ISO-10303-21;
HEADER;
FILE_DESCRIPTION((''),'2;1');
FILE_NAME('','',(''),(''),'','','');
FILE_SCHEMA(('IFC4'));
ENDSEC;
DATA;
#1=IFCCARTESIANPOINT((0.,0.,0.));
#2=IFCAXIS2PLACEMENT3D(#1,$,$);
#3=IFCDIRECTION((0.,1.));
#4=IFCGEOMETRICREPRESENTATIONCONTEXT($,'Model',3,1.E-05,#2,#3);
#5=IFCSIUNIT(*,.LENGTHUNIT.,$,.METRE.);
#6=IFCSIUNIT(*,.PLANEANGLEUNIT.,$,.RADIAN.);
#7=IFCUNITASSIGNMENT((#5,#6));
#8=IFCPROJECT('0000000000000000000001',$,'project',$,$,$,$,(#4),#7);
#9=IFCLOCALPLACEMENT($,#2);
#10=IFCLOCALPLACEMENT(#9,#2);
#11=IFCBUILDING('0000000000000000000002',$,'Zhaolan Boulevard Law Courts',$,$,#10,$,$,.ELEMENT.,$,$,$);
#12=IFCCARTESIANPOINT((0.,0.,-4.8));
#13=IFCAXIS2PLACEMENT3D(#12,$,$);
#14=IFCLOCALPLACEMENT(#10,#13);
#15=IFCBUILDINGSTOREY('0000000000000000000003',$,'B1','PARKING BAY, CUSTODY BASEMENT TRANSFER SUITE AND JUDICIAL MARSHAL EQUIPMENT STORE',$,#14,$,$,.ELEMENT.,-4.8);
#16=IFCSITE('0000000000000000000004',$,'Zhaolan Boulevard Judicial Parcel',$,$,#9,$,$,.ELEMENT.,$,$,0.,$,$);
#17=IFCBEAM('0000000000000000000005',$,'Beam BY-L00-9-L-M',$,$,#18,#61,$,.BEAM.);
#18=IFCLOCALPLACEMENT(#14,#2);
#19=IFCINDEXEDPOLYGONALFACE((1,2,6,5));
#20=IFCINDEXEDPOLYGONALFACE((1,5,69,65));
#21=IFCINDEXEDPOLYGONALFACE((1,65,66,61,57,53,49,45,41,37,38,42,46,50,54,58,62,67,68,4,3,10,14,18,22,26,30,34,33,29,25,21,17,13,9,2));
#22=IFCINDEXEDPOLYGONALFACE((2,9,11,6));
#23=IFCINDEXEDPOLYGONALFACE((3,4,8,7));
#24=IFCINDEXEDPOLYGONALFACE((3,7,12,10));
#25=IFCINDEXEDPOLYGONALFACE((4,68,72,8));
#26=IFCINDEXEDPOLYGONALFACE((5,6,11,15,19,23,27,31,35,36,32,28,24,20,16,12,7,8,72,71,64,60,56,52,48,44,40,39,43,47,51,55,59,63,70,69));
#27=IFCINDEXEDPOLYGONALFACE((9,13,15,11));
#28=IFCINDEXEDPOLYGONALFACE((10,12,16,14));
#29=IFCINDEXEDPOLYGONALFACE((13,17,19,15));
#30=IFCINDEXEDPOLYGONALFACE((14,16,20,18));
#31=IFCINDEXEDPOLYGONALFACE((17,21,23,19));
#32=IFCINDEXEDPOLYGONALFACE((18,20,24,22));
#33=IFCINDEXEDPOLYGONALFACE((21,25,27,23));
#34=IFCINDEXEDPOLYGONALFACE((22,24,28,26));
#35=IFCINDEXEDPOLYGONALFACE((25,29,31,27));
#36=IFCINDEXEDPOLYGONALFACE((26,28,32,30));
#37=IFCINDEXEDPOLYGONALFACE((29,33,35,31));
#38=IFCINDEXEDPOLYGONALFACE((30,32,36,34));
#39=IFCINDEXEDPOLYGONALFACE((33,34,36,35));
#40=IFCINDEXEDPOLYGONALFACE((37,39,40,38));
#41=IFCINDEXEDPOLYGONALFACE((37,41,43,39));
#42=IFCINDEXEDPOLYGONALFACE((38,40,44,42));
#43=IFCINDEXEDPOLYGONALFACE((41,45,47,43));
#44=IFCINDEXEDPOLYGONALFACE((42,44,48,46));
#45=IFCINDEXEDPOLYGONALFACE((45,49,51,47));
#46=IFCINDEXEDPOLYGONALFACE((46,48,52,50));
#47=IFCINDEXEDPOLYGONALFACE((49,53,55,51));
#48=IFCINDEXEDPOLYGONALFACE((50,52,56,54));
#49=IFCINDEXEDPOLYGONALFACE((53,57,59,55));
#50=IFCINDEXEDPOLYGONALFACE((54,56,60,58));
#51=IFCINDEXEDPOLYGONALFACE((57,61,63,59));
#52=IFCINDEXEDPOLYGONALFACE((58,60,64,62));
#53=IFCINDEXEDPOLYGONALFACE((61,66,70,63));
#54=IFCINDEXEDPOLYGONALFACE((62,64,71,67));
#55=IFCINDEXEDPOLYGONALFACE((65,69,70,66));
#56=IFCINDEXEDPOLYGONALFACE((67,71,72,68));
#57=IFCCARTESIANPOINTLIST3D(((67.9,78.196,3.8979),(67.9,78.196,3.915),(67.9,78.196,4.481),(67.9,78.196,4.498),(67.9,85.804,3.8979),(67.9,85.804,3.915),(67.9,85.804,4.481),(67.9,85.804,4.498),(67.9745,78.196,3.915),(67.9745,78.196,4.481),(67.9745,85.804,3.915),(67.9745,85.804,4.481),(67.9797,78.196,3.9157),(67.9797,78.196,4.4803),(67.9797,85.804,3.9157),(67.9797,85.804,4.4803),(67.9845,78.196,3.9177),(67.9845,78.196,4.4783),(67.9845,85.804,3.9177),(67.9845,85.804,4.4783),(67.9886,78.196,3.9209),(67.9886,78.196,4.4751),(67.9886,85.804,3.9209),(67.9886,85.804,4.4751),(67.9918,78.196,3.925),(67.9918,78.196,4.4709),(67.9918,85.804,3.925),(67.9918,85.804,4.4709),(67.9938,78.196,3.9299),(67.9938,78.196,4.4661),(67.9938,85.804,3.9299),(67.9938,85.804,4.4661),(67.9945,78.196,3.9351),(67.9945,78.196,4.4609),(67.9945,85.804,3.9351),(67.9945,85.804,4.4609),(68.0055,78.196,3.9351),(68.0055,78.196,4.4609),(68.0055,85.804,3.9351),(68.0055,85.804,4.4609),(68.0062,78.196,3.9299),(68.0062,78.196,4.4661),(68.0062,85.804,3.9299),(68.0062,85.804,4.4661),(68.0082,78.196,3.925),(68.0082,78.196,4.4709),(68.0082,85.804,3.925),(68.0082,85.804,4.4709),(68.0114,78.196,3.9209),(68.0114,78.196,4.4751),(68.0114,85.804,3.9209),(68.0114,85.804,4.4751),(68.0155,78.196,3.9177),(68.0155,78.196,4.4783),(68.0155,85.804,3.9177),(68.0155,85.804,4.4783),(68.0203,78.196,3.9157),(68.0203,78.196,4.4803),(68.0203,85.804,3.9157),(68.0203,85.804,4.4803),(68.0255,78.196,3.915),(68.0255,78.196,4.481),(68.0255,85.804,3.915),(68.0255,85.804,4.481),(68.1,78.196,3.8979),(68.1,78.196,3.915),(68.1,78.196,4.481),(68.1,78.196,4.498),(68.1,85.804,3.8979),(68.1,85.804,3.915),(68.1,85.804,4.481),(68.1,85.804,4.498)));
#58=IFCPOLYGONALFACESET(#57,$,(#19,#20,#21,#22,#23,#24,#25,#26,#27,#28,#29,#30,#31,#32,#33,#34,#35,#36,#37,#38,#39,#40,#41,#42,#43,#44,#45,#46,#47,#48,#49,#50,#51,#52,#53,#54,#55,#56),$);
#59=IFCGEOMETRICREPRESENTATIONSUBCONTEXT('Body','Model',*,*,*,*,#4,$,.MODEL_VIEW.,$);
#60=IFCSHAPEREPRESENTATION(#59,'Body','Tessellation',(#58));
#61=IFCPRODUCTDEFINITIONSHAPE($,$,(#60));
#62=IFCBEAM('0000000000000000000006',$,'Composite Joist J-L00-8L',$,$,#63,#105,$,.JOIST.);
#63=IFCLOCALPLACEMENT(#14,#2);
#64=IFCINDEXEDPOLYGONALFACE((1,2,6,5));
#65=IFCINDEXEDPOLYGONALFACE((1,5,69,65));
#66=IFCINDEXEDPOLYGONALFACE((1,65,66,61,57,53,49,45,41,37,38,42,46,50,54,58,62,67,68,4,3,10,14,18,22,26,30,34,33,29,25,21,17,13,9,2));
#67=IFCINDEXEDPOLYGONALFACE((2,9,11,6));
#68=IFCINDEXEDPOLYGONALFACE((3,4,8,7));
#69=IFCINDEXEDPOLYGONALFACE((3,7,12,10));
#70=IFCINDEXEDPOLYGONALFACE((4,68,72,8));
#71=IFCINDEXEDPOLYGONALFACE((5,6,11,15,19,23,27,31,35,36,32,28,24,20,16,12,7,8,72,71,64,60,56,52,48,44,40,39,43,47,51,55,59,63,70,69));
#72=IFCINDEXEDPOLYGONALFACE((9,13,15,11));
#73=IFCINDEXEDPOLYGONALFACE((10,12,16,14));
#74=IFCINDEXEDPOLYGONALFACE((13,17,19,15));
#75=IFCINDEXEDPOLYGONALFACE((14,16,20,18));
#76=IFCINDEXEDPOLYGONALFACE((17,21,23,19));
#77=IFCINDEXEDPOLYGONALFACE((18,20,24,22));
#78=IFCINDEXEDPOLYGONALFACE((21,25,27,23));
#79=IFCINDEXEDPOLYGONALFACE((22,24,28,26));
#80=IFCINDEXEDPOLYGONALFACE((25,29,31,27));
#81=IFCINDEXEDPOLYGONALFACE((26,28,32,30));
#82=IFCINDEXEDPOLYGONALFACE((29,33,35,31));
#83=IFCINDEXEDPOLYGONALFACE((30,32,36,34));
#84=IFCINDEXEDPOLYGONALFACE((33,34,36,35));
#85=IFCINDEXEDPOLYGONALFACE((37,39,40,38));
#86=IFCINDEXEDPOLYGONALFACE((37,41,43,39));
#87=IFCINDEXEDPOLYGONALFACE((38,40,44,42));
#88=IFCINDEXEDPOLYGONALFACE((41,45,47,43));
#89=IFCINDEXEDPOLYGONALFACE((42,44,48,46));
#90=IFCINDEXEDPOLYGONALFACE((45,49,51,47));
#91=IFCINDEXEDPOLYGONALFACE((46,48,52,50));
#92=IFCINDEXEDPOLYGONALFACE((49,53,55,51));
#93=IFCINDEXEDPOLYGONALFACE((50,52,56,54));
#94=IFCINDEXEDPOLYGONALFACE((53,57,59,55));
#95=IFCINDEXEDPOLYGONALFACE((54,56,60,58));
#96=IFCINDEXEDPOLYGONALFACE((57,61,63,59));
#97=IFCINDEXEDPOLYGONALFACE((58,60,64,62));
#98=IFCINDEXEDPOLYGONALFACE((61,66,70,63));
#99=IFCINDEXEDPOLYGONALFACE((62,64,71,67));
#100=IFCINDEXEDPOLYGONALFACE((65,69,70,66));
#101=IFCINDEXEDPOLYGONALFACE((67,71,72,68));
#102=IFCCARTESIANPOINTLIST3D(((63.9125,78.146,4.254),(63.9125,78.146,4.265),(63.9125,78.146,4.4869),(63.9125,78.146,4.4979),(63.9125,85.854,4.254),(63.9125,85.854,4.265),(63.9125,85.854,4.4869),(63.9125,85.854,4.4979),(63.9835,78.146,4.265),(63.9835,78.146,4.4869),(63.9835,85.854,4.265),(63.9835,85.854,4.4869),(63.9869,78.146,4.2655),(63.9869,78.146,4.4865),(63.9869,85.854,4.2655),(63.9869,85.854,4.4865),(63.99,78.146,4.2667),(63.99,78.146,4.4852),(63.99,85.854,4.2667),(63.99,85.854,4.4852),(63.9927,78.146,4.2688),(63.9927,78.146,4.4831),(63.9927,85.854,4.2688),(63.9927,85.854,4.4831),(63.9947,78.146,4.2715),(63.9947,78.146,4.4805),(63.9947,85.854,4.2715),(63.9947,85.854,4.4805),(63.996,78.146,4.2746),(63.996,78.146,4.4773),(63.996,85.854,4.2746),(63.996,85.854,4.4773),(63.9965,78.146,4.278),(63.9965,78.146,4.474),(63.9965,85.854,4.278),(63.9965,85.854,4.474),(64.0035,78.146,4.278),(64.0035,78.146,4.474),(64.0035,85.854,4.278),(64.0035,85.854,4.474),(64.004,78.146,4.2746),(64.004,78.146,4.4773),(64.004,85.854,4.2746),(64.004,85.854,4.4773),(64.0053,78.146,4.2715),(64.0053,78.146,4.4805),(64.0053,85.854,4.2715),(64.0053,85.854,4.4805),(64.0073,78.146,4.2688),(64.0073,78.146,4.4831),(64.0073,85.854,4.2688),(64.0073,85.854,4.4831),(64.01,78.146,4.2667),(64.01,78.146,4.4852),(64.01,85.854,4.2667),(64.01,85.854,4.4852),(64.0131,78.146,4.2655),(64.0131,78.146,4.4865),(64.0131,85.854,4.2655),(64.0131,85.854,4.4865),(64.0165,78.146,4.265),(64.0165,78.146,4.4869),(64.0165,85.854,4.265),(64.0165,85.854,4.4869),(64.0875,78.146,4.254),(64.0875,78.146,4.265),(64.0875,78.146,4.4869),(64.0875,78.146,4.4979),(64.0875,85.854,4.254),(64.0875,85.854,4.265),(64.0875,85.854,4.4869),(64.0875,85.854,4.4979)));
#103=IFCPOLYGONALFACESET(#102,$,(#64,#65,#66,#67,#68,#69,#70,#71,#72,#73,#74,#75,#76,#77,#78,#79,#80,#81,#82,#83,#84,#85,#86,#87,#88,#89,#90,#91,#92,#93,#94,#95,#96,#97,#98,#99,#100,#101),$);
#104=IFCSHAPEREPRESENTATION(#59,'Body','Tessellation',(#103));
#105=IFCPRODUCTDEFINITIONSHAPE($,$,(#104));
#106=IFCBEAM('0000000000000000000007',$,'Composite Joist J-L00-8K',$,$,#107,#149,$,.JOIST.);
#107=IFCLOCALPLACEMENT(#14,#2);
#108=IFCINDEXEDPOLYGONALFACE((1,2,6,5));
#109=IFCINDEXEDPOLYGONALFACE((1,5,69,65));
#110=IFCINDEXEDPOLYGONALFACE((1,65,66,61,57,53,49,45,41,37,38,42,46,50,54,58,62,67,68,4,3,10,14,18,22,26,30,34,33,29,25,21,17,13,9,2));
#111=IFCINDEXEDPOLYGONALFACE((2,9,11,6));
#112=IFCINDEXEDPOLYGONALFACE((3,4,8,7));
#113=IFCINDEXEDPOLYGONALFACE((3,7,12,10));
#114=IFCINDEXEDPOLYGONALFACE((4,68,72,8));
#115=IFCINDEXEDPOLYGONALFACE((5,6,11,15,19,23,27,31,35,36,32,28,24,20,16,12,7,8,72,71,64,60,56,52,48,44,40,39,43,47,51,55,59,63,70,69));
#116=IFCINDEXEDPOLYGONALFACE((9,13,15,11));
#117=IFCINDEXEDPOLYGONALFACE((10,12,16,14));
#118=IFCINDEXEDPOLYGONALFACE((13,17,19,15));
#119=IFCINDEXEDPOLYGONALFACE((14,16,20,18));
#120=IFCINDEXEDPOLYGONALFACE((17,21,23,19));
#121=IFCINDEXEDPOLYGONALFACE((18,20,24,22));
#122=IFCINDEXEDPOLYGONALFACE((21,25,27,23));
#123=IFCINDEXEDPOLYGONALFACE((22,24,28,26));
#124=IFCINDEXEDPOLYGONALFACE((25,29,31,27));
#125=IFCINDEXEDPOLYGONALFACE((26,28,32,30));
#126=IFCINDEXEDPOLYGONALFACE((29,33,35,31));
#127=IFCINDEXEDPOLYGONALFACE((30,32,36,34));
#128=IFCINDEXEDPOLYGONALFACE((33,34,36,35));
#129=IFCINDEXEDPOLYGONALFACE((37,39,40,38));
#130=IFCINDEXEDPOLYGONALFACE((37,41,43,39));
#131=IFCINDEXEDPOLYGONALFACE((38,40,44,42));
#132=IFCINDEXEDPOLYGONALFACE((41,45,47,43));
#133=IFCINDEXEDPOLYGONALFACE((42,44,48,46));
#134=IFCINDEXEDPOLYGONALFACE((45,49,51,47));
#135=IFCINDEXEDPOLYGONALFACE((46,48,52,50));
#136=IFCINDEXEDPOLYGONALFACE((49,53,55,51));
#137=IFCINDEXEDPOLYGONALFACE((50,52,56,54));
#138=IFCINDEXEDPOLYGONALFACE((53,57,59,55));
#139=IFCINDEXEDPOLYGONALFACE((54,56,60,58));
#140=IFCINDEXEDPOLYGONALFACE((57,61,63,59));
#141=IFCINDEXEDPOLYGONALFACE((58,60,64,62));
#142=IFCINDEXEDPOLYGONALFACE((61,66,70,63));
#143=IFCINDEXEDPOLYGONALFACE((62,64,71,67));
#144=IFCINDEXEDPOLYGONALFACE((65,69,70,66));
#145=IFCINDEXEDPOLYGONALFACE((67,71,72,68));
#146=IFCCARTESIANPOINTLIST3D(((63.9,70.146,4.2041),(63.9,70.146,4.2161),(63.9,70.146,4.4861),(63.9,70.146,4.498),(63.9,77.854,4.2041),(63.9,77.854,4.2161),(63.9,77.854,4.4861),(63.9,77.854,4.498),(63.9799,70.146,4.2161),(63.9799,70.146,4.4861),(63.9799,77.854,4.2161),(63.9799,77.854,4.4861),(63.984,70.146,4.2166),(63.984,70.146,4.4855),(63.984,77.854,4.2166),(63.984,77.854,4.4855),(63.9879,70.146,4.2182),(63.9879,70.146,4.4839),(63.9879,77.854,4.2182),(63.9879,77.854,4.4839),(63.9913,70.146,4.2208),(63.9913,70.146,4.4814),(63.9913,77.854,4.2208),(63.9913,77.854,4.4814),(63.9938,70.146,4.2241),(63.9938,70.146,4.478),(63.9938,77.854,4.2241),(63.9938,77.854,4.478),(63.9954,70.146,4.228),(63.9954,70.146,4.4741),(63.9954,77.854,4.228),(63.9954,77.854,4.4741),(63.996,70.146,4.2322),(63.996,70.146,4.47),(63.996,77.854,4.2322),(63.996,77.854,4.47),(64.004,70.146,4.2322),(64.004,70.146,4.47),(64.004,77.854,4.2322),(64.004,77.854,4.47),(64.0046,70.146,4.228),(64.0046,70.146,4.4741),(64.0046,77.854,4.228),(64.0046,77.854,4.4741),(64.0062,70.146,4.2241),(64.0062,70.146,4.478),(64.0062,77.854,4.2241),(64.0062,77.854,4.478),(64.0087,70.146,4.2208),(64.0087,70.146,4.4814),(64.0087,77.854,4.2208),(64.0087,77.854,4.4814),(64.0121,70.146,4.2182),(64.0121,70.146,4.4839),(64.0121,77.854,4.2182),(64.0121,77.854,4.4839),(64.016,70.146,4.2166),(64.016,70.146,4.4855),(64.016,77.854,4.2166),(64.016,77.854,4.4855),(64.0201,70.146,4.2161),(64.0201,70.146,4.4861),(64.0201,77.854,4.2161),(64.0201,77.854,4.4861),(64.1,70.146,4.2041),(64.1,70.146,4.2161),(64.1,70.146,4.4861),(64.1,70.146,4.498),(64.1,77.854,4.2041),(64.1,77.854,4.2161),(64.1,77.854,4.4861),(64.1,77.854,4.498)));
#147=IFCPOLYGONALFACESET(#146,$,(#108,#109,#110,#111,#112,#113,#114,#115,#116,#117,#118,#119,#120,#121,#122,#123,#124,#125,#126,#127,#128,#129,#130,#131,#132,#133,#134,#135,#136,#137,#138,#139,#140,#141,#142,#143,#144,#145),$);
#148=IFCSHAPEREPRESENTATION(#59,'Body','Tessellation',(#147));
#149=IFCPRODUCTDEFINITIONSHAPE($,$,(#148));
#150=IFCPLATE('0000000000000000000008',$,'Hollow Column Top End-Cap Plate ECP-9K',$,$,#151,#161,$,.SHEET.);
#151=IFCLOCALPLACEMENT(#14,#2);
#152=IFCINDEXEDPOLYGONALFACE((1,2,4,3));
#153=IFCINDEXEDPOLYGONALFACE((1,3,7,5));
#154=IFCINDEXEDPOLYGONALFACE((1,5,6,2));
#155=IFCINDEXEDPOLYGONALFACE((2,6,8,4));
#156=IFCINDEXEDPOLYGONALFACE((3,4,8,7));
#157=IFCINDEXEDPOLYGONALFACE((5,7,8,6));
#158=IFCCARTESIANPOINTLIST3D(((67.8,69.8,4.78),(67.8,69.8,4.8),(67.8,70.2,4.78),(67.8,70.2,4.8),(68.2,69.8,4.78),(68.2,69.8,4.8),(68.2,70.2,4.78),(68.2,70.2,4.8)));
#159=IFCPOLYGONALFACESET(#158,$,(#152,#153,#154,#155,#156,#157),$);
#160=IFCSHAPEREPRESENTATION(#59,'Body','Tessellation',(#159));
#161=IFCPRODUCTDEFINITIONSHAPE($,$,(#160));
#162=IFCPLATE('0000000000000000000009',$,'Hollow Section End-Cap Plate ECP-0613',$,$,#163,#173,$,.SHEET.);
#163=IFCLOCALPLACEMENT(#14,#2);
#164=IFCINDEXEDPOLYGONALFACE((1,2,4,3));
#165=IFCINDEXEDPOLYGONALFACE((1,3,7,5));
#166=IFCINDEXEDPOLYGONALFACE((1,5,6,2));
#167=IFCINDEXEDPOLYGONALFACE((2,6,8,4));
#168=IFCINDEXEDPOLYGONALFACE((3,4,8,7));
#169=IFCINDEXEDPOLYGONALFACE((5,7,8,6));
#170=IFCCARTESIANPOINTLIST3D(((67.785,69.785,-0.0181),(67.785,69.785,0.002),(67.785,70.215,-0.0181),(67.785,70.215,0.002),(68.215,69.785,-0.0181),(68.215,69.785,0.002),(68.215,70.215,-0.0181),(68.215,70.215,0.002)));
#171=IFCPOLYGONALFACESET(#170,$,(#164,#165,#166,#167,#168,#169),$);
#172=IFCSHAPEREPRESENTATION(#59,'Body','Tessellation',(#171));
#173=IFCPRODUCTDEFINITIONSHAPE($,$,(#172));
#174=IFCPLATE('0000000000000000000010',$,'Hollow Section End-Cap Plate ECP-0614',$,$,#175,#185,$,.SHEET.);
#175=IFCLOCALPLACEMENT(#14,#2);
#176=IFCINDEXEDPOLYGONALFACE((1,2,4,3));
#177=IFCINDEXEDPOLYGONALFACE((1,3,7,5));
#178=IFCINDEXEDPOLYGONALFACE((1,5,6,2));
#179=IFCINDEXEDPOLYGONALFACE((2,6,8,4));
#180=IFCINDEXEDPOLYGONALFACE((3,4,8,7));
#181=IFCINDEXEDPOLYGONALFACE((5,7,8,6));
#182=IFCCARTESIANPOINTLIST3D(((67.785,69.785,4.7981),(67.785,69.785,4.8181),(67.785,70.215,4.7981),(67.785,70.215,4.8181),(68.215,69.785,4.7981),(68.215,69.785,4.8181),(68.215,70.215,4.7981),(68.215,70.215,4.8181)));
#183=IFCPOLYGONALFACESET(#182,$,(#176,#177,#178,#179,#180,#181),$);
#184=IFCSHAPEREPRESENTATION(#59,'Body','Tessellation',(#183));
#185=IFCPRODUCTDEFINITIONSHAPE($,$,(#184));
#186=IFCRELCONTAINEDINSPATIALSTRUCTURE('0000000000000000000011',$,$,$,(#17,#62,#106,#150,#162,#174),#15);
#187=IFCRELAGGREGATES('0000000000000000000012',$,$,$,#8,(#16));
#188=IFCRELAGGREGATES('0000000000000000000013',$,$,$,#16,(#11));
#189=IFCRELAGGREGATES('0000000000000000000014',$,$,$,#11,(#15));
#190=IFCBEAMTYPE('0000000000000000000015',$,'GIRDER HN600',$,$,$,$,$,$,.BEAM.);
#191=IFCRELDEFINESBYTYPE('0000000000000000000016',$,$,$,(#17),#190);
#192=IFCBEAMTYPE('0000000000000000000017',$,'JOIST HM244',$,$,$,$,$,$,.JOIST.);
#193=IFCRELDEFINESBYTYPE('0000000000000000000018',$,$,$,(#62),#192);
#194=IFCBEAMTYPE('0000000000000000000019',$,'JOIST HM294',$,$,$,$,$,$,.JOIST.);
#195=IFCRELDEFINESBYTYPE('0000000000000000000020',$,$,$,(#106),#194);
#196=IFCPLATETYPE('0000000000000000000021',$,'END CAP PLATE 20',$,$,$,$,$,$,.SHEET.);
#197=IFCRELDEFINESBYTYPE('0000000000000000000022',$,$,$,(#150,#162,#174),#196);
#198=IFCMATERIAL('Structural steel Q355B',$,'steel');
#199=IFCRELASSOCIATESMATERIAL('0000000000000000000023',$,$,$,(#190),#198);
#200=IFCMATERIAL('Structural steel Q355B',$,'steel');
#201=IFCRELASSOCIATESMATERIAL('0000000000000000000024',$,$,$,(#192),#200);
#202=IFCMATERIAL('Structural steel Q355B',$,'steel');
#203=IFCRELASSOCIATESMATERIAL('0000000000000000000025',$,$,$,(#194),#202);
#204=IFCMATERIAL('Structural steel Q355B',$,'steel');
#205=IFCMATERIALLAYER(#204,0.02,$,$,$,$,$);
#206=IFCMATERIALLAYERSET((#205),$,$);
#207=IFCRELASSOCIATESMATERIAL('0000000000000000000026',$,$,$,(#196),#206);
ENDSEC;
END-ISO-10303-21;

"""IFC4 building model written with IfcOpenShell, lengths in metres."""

from ifc_helpers import new_model, si_unit, direction, frame, origin, origin_2d, place, context, subcontext, project, spatial, rectangle, i_section, extrude, material, layer, layer_set, material_profile, profile_set, type_object, element, save


model = new_model("IFC4")

# Units and contexts
model_context = context("Model", 3, precision=1e-05, world=origin(), true_north=direction((0.0, 1.0)))
body_context = subcontext(model_context, "Body", "Model", "MODEL_VIEW")
ifc_project = project(units=[si_unit("LENGTHUNIT", "METRE"), si_unit("PLANEANGLEUNIT", "RADIAN")], contexts=[model_context])

# Site, building, storey
site_placement = place(None, origin())
site = spatial("IfcSite", under=ifc_project, at=site_placement, Name="Zhaolan Boulevard Judicial Parcel", CompositionType="ELEMENT", RefElevation=0.0)
building_placement = place(site_placement, origin())
building = spatial("IfcBuilding", under=site, at=building_placement, Name="Zhaolan Boulevard Law Courts", CompositionType="ELEMENT")
storey_placement = place(building_placement, frame((0.0, 0.0, -4.8)))
storey = spatial("IfcBuildingStorey", under=building, at=storey_placement, Name="B1", Description="PARKING BAY, CUSTODY BASEMENT TRANSFER SUITE AND JUDICIAL MARSHAL EQUIPMENT STORE", CompositionType="ELEMENT", Elevation=-4.8)

# Beams
ifc_material_1 = material(Name="Structural steel Q355B", Category="steel")
ifc_material_profile_1 = material_profile(ifc_material_1, i_section(OverallWidth=0.2, OverallDepth=0.6001, WebThickness=0.011, FlangeThickness=0.0171, FilletRadius=0.02, at=origin_2d()), Name="HN600x200")
ifc_profile_set_1 = profile_set([ifc_material_profile_1], Name="Structural steel Q355B")
beam_type_1 = type_object("IfcBeamType", Name="GIRDER HN600", PredefinedType="BEAM", material=ifc_profile_set_1)
for number, where, z_axis, x_axis, name in (
    (1, (68.0, 78.196, 4.198), (0.0, 1.0, 0.0), (-1.0, 0.0, 0.0), "Beam BY-L00-9-L-M"),
):
    element("IfcBeam", number, at=place(storey_placement, frame(where, z_axis=z_axis, x_axis=x_axis)), inside=storey, type_object=beam_type_1, Name=name, PredefinedType="BEAM", context=body_context, shape_type="SweptSolid", body=[
        extrude(i_section(OverallWidth=0.2, OverallDepth=0.6001, WebThickness=0.011, FlangeThickness=0.0171, FilletRadius=0.02, at=origin_2d()), origin(), (0.0, 0.0, 1.0), 7.6079),
    ])
ifc_material_2 = material(Name="Structural steel Q355B", Category="steel")
ifc_material_profile_2 = material_profile(ifc_material_2, i_section(OverallWidth=0.175, OverallDepth=0.2439, WebThickness=0.0071, FlangeThickness=0.011, FilletRadius=0.0129, at=origin_2d()), Name="HM244x175")
ifc_profile_set_2 = profile_set([ifc_material_profile_2], Name="Structural steel Q355B")
beam_type_2 = type_object("IfcBeamType", Name="JOIST HM244", PredefinedType="JOIST", material=ifc_profile_set_2)
beam_1_placement = place(storey_placement, frame((64.0, 78.146, 4.376), z_axis=(0.0, 1.0, 0.0), x_axis=(-1.0, 0.0, 0.0)))
element("IfcBeam", 2, at=beam_1_placement, inside=storey, type_object=beam_type_2, Name="Composite Joist J-L00-8L", PredefinedType="JOIST", context=body_context, shape_type="SweptSolid", body=[
    extrude(i_section(OverallWidth=0.175, OverallDepth=0.2439, WebThickness=0.0071, FlangeThickness=0.011, FilletRadius=0.0129, at=origin_2d()), origin(), (0.0, 0.0, 1.0), 7.708),
])
ifc_material_3 = material(Name="Structural steel Q355B", Category="steel")
ifc_material_profile_3 = material_profile(ifc_material_3, i_section(OverallWidth=0.2, OverallDepth=0.2939, WebThickness=0.0081, FlangeThickness=0.012, FilletRadius=0.0161, at=origin_2d()), Name="HM294x200")
ifc_profile_set_3 = profile_set([ifc_material_profile_3], Name="Structural steel Q355B")
beam_type_3 = type_object("IfcBeamType", Name="JOIST HM294", PredefinedType="JOIST", material=ifc_profile_set_3)
beam_2_placement = place(storey_placement, frame((64.0, 70.146, 4.3511), z_axis=(0.0, 1.0, 0.0), x_axis=(-1.0, 0.0, 0.0)))
element("IfcBeam", 3, at=beam_2_placement, inside=storey, type_object=beam_type_3, Name="Composite Joist J-L00-8K", PredefinedType="JOIST", context=body_context, shape_type="SweptSolid", body=[
    extrude(i_section(OverallWidth=0.2, OverallDepth=0.2939, WebThickness=0.0081, FlangeThickness=0.012, FilletRadius=0.0161, at=origin_2d()), origin(), (0.0, 0.0, 1.0), 7.708),
])

# Plates
ifc_material_4 = material(Name="Structural steel Q355B", Category="steel")
ifc_layer = layer(ifc_material_4, 0.02)
ifc_layer_set = layer_set([ifc_layer])
plate_type = type_object("IfcPlateType", Name="END CAP PLATE 20", PredefinedType="SHEET", material=ifc_layer_set)
plate_placement = place(storey_placement, frame((68.0, 70.0, 4.78), z_axis=(0.0, 0.0, 1.0), x_axis=(1.0, 0.0, 0.0)))
element("IfcPlate", 4, at=plate_placement, inside=storey, type_object=plate_type, Name="Hollow Column Top End-Cap Plate ECP-9K", PredefinedType="SHEET", context=body_context, shape_type="SweptSolid", body=[
    extrude(rectangle(XDim=0.3999, YDim=0.3999, at=origin_2d()), origin(), (0.0, 0.0, 1.0), 0.02),
])
for number, where, z_axis, x_axis, name in (
    (5, (68.0, 70.0, -0.0181), (0.0, 0.0, 1.0), (1.0, 0.0, 0.0), "Hollow Section End-Cap Plate ECP-0613"),
    (6, (68.0, 70.0, 4.7981), (0.0, 0.0, 1.0), (1.0, 0.0, 0.0), "Hollow Section End-Cap Plate ECP-0614"),
):
    element("IfcPlate", number, at=place(storey_placement, frame(where, z_axis=z_axis, x_axis=x_axis)), inside=storey, type_object=plate_type, Name=name, PredefinedType="SHEET", context=body_context, shape_type="SweptSolid", body=[
        extrude(rectangle(XDim=0.4299, YDim=0.4299, at=origin_2d()), origin(), (0.0, 0.0, 1.0), 0.02),
    ])

save(model, "model.ifc")
